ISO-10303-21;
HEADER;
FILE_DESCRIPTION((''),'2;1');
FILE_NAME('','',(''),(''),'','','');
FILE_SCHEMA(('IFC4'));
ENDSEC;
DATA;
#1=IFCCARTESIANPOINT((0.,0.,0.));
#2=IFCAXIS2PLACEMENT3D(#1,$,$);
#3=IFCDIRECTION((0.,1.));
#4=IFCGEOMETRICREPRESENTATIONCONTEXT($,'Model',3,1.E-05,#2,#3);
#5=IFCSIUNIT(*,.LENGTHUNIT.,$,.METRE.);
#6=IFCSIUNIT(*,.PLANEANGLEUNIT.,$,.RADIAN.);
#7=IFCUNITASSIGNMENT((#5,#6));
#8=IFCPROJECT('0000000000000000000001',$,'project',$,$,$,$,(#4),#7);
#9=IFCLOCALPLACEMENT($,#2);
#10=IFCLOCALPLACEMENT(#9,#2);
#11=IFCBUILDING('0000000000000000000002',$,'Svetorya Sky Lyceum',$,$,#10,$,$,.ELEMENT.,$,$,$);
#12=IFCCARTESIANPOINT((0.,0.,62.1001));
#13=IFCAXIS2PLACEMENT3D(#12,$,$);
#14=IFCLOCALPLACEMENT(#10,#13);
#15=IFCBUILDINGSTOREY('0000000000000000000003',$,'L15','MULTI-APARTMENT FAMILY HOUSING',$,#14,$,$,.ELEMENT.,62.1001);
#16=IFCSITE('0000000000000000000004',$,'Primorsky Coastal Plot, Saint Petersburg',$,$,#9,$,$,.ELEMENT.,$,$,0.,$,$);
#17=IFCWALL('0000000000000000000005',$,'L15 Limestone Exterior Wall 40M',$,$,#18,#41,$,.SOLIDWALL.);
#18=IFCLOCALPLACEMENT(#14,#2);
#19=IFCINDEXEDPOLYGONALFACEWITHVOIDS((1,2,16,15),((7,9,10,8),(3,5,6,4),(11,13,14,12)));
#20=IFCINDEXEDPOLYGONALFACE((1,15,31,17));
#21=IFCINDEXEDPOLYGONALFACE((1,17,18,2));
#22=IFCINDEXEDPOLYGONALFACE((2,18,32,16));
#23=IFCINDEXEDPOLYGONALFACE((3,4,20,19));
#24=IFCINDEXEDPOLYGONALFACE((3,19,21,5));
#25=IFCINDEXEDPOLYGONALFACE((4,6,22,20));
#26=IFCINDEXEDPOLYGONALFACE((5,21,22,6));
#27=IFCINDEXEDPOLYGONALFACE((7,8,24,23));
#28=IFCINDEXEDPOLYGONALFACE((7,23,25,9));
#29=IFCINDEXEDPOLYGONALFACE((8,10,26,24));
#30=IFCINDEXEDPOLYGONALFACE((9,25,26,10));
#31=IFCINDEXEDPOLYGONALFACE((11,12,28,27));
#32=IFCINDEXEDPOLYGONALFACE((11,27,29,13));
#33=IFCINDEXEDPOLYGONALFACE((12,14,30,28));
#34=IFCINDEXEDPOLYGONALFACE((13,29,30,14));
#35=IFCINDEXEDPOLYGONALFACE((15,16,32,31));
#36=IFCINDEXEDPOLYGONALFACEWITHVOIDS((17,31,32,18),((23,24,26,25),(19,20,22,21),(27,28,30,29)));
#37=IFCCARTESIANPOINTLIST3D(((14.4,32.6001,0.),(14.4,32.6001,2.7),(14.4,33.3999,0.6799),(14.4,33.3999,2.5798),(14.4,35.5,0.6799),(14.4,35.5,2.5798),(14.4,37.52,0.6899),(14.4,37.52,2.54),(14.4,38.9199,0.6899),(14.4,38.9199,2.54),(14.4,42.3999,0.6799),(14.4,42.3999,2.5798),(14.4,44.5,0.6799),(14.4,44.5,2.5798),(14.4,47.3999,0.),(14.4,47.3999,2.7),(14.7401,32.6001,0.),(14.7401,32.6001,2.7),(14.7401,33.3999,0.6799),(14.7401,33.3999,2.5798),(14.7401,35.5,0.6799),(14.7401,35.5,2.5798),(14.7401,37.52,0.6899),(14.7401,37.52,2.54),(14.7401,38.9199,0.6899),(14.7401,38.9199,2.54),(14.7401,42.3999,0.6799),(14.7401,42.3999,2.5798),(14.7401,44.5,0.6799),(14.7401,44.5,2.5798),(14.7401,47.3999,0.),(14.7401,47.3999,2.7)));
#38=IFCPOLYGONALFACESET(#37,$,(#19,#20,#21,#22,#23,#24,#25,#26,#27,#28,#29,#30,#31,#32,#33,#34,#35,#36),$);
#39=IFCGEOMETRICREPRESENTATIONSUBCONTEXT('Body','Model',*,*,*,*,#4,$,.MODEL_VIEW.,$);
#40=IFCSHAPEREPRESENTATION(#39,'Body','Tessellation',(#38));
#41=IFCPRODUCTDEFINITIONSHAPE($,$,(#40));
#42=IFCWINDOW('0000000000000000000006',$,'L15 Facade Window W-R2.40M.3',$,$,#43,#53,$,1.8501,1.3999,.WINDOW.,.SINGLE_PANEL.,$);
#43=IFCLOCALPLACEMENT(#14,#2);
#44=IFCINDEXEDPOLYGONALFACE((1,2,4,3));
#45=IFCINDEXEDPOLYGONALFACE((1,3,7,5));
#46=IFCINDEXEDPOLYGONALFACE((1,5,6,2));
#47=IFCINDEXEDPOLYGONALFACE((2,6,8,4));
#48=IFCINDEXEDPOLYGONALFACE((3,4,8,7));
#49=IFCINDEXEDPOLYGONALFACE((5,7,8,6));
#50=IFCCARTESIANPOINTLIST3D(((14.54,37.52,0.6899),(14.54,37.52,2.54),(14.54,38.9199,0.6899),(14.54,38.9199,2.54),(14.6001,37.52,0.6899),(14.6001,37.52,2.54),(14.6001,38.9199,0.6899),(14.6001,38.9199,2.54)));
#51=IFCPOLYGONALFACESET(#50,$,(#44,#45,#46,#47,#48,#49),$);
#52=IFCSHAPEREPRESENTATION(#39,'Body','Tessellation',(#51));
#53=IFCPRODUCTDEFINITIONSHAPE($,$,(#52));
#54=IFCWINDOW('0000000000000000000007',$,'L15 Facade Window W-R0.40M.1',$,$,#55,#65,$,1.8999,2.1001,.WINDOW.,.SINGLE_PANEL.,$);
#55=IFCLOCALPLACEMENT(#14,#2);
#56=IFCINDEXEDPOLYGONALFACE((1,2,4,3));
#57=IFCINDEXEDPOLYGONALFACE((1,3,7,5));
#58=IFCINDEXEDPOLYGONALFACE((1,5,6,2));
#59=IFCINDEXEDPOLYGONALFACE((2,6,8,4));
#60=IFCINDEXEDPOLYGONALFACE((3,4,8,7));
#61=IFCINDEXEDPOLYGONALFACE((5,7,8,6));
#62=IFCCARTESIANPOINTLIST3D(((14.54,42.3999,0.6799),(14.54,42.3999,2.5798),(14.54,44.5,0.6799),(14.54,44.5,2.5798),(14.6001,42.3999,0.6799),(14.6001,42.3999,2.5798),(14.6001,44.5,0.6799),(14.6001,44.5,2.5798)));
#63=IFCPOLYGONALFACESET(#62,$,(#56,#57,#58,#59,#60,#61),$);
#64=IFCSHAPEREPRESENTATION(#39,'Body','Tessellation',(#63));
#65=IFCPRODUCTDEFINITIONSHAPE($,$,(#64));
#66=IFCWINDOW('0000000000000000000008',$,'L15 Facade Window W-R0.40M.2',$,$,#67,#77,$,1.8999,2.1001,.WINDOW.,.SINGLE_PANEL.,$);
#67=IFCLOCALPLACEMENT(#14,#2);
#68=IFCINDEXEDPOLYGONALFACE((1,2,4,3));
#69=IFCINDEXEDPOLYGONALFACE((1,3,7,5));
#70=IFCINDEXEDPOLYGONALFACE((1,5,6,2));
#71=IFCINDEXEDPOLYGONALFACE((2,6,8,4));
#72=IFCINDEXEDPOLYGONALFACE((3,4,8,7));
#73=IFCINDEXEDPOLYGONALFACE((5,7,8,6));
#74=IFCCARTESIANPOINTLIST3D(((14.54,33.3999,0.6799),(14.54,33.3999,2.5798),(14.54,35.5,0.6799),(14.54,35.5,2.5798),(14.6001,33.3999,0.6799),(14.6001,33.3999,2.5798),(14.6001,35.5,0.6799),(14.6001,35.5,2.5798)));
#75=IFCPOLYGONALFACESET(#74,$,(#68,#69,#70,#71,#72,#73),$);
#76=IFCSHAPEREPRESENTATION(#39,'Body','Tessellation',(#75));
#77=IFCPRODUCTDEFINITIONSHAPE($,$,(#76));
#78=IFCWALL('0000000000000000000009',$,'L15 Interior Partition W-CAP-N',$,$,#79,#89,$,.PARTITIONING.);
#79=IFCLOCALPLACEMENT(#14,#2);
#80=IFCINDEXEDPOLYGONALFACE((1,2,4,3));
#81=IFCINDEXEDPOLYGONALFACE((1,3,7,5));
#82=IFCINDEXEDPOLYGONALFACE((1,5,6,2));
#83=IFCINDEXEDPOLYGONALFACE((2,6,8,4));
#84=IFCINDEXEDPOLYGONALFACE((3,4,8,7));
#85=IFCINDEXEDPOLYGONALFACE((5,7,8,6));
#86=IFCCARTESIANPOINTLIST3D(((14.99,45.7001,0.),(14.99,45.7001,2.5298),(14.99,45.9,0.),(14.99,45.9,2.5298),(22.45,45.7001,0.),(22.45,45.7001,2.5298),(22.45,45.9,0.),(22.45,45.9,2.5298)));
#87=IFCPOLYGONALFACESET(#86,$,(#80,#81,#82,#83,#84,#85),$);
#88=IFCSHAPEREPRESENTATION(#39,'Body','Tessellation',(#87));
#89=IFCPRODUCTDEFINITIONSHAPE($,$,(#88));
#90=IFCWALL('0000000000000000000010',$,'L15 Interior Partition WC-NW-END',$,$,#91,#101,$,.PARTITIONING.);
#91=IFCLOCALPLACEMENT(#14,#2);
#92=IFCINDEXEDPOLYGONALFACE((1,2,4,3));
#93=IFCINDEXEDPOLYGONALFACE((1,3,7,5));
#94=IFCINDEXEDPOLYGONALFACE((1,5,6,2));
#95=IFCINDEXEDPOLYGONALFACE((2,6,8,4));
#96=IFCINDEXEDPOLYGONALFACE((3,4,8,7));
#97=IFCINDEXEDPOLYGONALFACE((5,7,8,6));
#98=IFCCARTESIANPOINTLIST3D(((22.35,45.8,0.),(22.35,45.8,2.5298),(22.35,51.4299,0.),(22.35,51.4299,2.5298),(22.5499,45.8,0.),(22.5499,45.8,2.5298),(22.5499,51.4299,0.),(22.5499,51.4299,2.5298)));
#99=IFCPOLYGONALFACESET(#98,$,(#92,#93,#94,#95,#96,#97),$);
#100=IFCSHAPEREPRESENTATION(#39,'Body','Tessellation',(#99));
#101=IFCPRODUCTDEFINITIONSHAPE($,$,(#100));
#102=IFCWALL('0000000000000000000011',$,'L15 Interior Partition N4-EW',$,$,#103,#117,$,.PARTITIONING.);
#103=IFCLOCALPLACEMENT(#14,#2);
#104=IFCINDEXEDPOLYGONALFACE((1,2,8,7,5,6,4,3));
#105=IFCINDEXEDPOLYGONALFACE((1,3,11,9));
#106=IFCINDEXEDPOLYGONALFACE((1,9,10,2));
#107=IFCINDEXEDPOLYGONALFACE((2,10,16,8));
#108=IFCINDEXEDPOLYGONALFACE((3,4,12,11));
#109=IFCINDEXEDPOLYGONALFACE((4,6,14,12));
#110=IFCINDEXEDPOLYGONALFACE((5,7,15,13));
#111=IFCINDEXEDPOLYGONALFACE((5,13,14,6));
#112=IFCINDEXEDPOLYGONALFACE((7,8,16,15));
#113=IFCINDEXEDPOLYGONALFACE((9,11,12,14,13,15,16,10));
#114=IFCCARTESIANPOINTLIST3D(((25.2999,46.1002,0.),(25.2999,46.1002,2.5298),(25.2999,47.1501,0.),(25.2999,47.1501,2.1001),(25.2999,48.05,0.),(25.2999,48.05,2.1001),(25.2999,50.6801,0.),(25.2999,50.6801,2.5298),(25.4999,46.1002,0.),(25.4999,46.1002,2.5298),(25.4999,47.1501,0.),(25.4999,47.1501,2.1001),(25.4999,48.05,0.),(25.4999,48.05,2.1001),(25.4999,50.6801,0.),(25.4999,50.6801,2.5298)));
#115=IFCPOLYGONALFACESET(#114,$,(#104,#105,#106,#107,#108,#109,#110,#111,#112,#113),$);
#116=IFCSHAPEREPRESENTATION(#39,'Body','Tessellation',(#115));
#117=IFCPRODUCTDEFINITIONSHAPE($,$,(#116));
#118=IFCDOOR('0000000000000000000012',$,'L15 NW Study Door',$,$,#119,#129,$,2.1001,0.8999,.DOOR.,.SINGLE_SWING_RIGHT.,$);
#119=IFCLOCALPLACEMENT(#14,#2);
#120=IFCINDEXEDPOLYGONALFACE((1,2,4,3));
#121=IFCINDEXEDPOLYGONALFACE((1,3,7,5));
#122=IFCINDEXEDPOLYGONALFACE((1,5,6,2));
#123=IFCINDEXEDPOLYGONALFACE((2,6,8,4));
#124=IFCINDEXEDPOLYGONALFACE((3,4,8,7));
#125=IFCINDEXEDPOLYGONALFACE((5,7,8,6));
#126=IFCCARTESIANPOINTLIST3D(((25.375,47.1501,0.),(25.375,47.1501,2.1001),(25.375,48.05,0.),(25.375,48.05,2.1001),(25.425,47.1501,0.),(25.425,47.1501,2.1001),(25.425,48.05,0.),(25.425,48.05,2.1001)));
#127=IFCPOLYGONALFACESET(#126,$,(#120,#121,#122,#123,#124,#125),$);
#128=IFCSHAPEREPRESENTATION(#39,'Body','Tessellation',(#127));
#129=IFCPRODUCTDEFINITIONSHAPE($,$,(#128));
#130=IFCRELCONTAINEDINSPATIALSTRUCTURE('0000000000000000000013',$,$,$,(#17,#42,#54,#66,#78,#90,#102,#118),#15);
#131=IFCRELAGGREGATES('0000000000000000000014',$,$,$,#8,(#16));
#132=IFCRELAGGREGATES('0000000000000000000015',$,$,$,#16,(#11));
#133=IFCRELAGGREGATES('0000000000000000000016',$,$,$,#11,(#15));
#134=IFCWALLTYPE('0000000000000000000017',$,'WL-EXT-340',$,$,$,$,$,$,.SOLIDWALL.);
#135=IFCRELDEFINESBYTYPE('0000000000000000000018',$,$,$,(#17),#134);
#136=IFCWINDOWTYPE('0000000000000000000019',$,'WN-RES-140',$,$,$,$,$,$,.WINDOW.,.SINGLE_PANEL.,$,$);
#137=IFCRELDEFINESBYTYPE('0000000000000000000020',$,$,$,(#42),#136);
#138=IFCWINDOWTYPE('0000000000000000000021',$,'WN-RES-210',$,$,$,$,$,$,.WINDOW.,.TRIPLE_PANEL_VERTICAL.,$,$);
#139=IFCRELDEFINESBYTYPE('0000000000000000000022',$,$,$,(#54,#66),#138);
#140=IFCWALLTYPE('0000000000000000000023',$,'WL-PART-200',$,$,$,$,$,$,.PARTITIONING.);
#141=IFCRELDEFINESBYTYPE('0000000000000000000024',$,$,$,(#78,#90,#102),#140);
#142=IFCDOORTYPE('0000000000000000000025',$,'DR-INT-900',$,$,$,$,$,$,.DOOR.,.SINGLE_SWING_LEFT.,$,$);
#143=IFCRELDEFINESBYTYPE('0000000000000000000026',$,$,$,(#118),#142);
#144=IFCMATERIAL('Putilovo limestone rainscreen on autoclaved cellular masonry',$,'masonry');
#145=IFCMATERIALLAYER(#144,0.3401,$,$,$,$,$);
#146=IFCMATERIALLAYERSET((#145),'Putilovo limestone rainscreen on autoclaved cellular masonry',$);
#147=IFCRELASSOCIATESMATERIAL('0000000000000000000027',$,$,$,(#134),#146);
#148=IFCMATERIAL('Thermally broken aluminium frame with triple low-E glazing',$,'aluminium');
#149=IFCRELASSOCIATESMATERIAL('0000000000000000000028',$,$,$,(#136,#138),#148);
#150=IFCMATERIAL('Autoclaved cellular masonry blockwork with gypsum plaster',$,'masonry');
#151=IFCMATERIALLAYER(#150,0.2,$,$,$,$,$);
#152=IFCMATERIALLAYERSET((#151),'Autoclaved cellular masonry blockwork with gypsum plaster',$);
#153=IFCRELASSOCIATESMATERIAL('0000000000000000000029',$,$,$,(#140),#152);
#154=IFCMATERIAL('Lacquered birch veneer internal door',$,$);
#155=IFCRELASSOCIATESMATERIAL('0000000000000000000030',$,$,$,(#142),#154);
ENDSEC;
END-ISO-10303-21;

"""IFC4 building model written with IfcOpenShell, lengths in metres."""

from ifc_helpers import new_model, si_unit, direction, frame, frame_2d, origin, place, context, subcontext, project, spatial, rectangle, extrude, material, layer, layer_set, type_object, element, fill, save


model = new_model("IFC4")

# Units and contexts
model_context = context("Model", 3, precision=1e-05, world=origin(), true_north=direction((0.0, 1.0)))
body_context = subcontext(model_context, "Body", "Model", "MODEL_VIEW")
ifc_project = project(units=[si_unit("LENGTHUNIT", "METRE"), si_unit("PLANEANGLEUNIT", "RADIAN")], contexts=[model_context])

# Site, building, storey
site_placement = place(None, origin())
site = spatial("IfcSite", under=ifc_project, at=site_placement, Name="Primorsky Coastal Plot, Saint Petersburg", CompositionType="ELEMENT", RefElevation=0.0)
building_placement = place(site_placement, origin())
building = spatial("IfcBuilding", under=site, at=building_placement, Name="Svetorya Sky Lyceum", CompositionType="ELEMENT")
storey_placement = place(building_placement, frame((0.0, 0.0, 62.1001)))
storey = spatial("IfcBuildingStorey", under=building, at=storey_placement, Name="L15", Description="MULTI-APARTMENT FAMILY HOUSING", CompositionType="ELEMENT", Elevation=62.1001)

# Shared definitions
ifc_material_1 = material(Name="Putilovo limestone rainscreen on autoclaved cellular masonry", Category="masonry")
ifc_layer_1 = layer(ifc_material_1, 0.3401)
ifc_layer_set_1 = layer_set([ifc_layer_1], Name="Putilovo limestone rainscreen on autoclaved cellular masonry")
wall_type_1 = type_object("IfcWallType", Name="WL-EXT-340", PredefinedType="SOLIDWALL", material=ifc_layer_set_1)

# Wall, openings, windows
wall_1_placement = place(storey_placement, frame((14.5701, 47.3999, 0.0), z_axis=(0.0, 0.0, 1.0), x_axis=(0.0, -1.0, 0.0)))
wall_1 = element("IfcWall", 1, at=wall_1_placement, inside=storey, type_object=wall_type_1, Name="L15 Limestone Exterior Wall 40M", PredefinedType="SOLIDWALL", context=body_context, shape_type="SweptSolid", body=[
    extrude(rectangle(XDim=14.7998, YDim=0.3401, at=frame_2d((7.3999, 0.0))), origin(), (0.0, 0.0, 1.0), 2.7),
])
opening_1_placement = place(wall_1_placement, frame((2.8999, 0.0, 0.6799)))
opening_1 = element("IfcOpeningElement", 2, at=opening_1_placement, cuts=wall_1, PredefinedType="OPENING", context=body_context, shape_type="SweptSolid", body=[
    extrude(rectangle(XDim=2.1001, YDim=1.8999, at=frame_2d((1.05, 0.95))), frame((0.0, 0.1799, 0.0), z_axis=(0.0, -1.0, 0.0), x_axis=(1.0, 0.0, 0.0)), (0.0, 0.0, 1.0), 0.3601),
])
opening_2_placement = place(wall_1_placement, frame((8.48, 0.0, 0.6899)))
opening_2 = element("IfcOpeningElement", 3, at=opening_2_placement, cuts=wall_1, PredefinedType="OPENING", context=body_context, shape_type="SweptSolid", body=[
    extrude(rectangle(XDim=1.3999, YDim=1.8501, at=frame_2d((0.7, 0.925))), frame((0.0, 0.1799, 0.0), z_axis=(0.0, -1.0, 0.0), x_axis=(1.0, 0.0, 0.0)), (0.0, 0.0, 1.0), 0.3601),
])
opening_3_placement = place(wall_1_placement, frame((11.8999, 0.0, 0.6799)))
opening_3 = element("IfcOpeningElement", 4, at=opening_3_placement, cuts=wall_1, PredefinedType="OPENING", context=body_context, shape_type="SweptSolid", body=[
    extrude(rectangle(XDim=2.1001, YDim=1.8999, at=frame_2d((1.05, 0.95))), frame((0.0, 0.1799, 0.0), z_axis=(0.0, -1.0, 0.0), x_axis=(1.0, 0.0, 0.0)), (0.0, 0.0, 1.0), 0.3601),
])
ifc_material_2 = material(Name="Thermally broken aluminium frame with triple low-E glazing", Category="aluminium")
window_type_1 = type_object("IfcWindowType", Name="WN-RES-140", PartitioningType="SINGLE_PANEL", PredefinedType="WINDOW", material=ifc_material_2)
window_1_placement = place(opening_2_placement, origin())
window_1 = element("IfcWindow", 5, at=window_1_placement, inside=storey, type_object=window_type_1, Name="L15 Facade Window W-R2.40M.3", OverallHeight=1.8501, OverallWidth=1.3999, PartitioningType="SINGLE_PANEL", PredefinedType="WINDOW", context=body_context, shape_type="SweptSolid", body=[
    extrude(rectangle(XDim=1.3999, YDim=1.8501, at=frame_2d((0.7, 0.925))), frame((0.0, 0.03, 0.0), z_axis=(0.0, -1.0, 0.0), x_axis=(1.0, 0.0, 0.0)), (0.0, 0.0, 1.0), 0.0601),
])
fill(opening_2, window_1)
window_type_2 = type_object("IfcWindowType", Name="WN-RES-210", PartitioningType="TRIPLE_PANEL_VERTICAL", PredefinedType="WINDOW", material=ifc_material_2)
window_2_placement = place(opening_1_placement, origin())
window_2 = element("IfcWindow", 6, at=window_2_placement, inside=storey, type_object=window_type_2, Name="L15 Facade Window W-R0.40M.1", OverallHeight=1.8999, OverallWidth=2.1001, PartitioningType="SINGLE_PANEL", PredefinedType="WINDOW", context=body_context, shape_type="SweptSolid", body=[
    extrude(rectangle(XDim=2.1001, YDim=1.8999, at=frame_2d((1.05, 0.95))), frame((0.0, 0.03, 0.0), z_axis=(0.0, -1.0, 0.0), x_axis=(1.0, 0.0, 0.0)), (0.0, 0.0, 1.0), 0.0601),
])
fill(opening_1, window_2)
window_3_placement = place(opening_3_placement, origin())
window_3 = element("IfcWindow", 7, at=window_3_placement, inside=storey, type_object=window_type_2, Name="L15 Facade Window W-R0.40M.2", OverallHeight=1.8999, OverallWidth=2.1001, PartitioningType="SINGLE_PANEL", PredefinedType="WINDOW", context=body_context, shape_type="SweptSolid", body=[
    extrude(rectangle(XDim=2.1001, YDim=1.8999, at=frame_2d((1.05, 0.95))), frame((0.0, 0.03, 0.0), z_axis=(0.0, -1.0, 0.0), x_axis=(1.0, 0.0, 0.0)), (0.0, 0.0, 1.0), 0.0601),
])
fill(opening_3, window_3)

# Walls
ifc_material_3 = material(Name="Autoclaved cellular masonry blockwork with gypsum plaster", Category="masonry")
ifc_layer_2 = layer(ifc_material_3, 0.2)
ifc_layer_set_2 = layer_set([ifc_layer_2], Name="Autoclaved cellular masonry blockwork with gypsum plaster")
wall_type_2 = type_object("IfcWallType", Name="WL-PART-200", PredefinedType="PARTITIONING", material=ifc_layer_set_2)
wall_2_placement = place(storey_placement, frame((14.99, 45.8, 0.0), z_axis=(0.0, 0.0, 1.0), x_axis=(1.0, 0.0, 0.0)))
element("IfcWall", 8, at=wall_2_placement, inside=storey, type_object=wall_type_2, Name="L15 Interior Partition W-CAP-N", PredefinedType="PARTITIONING", context=body_context, shape_type="SweptSolid", body=[
    extrude(rectangle(XDim=7.46, YDim=0.2, at=frame_2d((3.73, 0.0))), origin(), (0.0, 0.0, 1.0), 2.5298),
])
wall_3_placement = place(storey_placement, frame((22.45, 45.8, 0.0), z_axis=(0.0, 0.0, 1.0), x_axis=(0.0, 1.0, 0.0)))
element("IfcWall", 9, at=wall_3_placement, inside=storey, type_object=wall_type_2, Name="L15 Interior Partition WC-NW-END", PredefinedType="PARTITIONING", context=body_context, shape_type="SweptSolid", body=[
    extrude(rectangle(XDim=5.6299, YDim=0.2, at=frame_2d((2.8149, 0.0))), origin(), (0.0, 0.0, 1.0), 2.5298),
])

# Wall, opening, door
wall_4_placement = place(storey_placement, frame((25.3999, 46.1001, 0.0), z_axis=(0.0, 0.0, 1.0), x_axis=(0.0, 1.0, 0.0)))
wall_4 = element("IfcWall", 10, at=wall_4_placement, inside=storey, type_object=wall_type_2, Name="L15 Interior Partition N4-EW", PredefinedType="PARTITIONING", context=body_context, shape_type="SweptSolid", body=[
    extrude(rectangle(XDim=4.5798, YDim=0.2, at=frame_2d((2.29, 0.0))), origin(), (0.0, 0.0, 1.0), 2.5298),
])
opening_4_placement = place(wall_4_placement, frame((1.05, 0.0, 0.0)))
opening_4 = element("IfcOpeningElement", 11, at=opening_4_placement, cuts=wall_4, PredefinedType="OPENING", context=body_context, shape_type="SweptSolid", body=[
    extrude(rectangle(XDim=0.8999, YDim=2.1001, at=frame_2d((0.45, 1.05))), frame((0.0, 0.1099, 0.0), z_axis=(0.0, -1.0, 0.0), x_axis=(1.0, 0.0, 0.0)), (0.0, 0.0, 1.0), 0.22),
])
ifc_material_4 = material(Name="Lacquered birch veneer internal door")
door_type = type_object("IfcDoorType", Name="DR-INT-900", OperationType="SINGLE_SWING_LEFT", PredefinedType="DOOR", material=ifc_material_4)
door_placement = place(opening_4_placement, origin())
door = element("IfcDoor", 12, at=door_placement, inside=storey, type_object=door_type, Name="L15 NW Study Door", OperationType="SINGLE_SWING_RIGHT", OverallHeight=2.1001, OverallWidth=0.8999, PredefinedType="DOOR", context=body_context, shape_type="SweptSolid", body=[
    extrude(rectangle(XDim=0.8999, YDim=2.1001, at=frame_2d((0.45, 1.05))), frame((0.0, 0.0249, 0.0), z_axis=(0.0, -1.0, 0.0), x_axis=(1.0, 0.0, 0.0)), (0.0, 0.0, 1.0), 0.05),
])
fill(opening_4, door)

save(model, "model.ifc")
